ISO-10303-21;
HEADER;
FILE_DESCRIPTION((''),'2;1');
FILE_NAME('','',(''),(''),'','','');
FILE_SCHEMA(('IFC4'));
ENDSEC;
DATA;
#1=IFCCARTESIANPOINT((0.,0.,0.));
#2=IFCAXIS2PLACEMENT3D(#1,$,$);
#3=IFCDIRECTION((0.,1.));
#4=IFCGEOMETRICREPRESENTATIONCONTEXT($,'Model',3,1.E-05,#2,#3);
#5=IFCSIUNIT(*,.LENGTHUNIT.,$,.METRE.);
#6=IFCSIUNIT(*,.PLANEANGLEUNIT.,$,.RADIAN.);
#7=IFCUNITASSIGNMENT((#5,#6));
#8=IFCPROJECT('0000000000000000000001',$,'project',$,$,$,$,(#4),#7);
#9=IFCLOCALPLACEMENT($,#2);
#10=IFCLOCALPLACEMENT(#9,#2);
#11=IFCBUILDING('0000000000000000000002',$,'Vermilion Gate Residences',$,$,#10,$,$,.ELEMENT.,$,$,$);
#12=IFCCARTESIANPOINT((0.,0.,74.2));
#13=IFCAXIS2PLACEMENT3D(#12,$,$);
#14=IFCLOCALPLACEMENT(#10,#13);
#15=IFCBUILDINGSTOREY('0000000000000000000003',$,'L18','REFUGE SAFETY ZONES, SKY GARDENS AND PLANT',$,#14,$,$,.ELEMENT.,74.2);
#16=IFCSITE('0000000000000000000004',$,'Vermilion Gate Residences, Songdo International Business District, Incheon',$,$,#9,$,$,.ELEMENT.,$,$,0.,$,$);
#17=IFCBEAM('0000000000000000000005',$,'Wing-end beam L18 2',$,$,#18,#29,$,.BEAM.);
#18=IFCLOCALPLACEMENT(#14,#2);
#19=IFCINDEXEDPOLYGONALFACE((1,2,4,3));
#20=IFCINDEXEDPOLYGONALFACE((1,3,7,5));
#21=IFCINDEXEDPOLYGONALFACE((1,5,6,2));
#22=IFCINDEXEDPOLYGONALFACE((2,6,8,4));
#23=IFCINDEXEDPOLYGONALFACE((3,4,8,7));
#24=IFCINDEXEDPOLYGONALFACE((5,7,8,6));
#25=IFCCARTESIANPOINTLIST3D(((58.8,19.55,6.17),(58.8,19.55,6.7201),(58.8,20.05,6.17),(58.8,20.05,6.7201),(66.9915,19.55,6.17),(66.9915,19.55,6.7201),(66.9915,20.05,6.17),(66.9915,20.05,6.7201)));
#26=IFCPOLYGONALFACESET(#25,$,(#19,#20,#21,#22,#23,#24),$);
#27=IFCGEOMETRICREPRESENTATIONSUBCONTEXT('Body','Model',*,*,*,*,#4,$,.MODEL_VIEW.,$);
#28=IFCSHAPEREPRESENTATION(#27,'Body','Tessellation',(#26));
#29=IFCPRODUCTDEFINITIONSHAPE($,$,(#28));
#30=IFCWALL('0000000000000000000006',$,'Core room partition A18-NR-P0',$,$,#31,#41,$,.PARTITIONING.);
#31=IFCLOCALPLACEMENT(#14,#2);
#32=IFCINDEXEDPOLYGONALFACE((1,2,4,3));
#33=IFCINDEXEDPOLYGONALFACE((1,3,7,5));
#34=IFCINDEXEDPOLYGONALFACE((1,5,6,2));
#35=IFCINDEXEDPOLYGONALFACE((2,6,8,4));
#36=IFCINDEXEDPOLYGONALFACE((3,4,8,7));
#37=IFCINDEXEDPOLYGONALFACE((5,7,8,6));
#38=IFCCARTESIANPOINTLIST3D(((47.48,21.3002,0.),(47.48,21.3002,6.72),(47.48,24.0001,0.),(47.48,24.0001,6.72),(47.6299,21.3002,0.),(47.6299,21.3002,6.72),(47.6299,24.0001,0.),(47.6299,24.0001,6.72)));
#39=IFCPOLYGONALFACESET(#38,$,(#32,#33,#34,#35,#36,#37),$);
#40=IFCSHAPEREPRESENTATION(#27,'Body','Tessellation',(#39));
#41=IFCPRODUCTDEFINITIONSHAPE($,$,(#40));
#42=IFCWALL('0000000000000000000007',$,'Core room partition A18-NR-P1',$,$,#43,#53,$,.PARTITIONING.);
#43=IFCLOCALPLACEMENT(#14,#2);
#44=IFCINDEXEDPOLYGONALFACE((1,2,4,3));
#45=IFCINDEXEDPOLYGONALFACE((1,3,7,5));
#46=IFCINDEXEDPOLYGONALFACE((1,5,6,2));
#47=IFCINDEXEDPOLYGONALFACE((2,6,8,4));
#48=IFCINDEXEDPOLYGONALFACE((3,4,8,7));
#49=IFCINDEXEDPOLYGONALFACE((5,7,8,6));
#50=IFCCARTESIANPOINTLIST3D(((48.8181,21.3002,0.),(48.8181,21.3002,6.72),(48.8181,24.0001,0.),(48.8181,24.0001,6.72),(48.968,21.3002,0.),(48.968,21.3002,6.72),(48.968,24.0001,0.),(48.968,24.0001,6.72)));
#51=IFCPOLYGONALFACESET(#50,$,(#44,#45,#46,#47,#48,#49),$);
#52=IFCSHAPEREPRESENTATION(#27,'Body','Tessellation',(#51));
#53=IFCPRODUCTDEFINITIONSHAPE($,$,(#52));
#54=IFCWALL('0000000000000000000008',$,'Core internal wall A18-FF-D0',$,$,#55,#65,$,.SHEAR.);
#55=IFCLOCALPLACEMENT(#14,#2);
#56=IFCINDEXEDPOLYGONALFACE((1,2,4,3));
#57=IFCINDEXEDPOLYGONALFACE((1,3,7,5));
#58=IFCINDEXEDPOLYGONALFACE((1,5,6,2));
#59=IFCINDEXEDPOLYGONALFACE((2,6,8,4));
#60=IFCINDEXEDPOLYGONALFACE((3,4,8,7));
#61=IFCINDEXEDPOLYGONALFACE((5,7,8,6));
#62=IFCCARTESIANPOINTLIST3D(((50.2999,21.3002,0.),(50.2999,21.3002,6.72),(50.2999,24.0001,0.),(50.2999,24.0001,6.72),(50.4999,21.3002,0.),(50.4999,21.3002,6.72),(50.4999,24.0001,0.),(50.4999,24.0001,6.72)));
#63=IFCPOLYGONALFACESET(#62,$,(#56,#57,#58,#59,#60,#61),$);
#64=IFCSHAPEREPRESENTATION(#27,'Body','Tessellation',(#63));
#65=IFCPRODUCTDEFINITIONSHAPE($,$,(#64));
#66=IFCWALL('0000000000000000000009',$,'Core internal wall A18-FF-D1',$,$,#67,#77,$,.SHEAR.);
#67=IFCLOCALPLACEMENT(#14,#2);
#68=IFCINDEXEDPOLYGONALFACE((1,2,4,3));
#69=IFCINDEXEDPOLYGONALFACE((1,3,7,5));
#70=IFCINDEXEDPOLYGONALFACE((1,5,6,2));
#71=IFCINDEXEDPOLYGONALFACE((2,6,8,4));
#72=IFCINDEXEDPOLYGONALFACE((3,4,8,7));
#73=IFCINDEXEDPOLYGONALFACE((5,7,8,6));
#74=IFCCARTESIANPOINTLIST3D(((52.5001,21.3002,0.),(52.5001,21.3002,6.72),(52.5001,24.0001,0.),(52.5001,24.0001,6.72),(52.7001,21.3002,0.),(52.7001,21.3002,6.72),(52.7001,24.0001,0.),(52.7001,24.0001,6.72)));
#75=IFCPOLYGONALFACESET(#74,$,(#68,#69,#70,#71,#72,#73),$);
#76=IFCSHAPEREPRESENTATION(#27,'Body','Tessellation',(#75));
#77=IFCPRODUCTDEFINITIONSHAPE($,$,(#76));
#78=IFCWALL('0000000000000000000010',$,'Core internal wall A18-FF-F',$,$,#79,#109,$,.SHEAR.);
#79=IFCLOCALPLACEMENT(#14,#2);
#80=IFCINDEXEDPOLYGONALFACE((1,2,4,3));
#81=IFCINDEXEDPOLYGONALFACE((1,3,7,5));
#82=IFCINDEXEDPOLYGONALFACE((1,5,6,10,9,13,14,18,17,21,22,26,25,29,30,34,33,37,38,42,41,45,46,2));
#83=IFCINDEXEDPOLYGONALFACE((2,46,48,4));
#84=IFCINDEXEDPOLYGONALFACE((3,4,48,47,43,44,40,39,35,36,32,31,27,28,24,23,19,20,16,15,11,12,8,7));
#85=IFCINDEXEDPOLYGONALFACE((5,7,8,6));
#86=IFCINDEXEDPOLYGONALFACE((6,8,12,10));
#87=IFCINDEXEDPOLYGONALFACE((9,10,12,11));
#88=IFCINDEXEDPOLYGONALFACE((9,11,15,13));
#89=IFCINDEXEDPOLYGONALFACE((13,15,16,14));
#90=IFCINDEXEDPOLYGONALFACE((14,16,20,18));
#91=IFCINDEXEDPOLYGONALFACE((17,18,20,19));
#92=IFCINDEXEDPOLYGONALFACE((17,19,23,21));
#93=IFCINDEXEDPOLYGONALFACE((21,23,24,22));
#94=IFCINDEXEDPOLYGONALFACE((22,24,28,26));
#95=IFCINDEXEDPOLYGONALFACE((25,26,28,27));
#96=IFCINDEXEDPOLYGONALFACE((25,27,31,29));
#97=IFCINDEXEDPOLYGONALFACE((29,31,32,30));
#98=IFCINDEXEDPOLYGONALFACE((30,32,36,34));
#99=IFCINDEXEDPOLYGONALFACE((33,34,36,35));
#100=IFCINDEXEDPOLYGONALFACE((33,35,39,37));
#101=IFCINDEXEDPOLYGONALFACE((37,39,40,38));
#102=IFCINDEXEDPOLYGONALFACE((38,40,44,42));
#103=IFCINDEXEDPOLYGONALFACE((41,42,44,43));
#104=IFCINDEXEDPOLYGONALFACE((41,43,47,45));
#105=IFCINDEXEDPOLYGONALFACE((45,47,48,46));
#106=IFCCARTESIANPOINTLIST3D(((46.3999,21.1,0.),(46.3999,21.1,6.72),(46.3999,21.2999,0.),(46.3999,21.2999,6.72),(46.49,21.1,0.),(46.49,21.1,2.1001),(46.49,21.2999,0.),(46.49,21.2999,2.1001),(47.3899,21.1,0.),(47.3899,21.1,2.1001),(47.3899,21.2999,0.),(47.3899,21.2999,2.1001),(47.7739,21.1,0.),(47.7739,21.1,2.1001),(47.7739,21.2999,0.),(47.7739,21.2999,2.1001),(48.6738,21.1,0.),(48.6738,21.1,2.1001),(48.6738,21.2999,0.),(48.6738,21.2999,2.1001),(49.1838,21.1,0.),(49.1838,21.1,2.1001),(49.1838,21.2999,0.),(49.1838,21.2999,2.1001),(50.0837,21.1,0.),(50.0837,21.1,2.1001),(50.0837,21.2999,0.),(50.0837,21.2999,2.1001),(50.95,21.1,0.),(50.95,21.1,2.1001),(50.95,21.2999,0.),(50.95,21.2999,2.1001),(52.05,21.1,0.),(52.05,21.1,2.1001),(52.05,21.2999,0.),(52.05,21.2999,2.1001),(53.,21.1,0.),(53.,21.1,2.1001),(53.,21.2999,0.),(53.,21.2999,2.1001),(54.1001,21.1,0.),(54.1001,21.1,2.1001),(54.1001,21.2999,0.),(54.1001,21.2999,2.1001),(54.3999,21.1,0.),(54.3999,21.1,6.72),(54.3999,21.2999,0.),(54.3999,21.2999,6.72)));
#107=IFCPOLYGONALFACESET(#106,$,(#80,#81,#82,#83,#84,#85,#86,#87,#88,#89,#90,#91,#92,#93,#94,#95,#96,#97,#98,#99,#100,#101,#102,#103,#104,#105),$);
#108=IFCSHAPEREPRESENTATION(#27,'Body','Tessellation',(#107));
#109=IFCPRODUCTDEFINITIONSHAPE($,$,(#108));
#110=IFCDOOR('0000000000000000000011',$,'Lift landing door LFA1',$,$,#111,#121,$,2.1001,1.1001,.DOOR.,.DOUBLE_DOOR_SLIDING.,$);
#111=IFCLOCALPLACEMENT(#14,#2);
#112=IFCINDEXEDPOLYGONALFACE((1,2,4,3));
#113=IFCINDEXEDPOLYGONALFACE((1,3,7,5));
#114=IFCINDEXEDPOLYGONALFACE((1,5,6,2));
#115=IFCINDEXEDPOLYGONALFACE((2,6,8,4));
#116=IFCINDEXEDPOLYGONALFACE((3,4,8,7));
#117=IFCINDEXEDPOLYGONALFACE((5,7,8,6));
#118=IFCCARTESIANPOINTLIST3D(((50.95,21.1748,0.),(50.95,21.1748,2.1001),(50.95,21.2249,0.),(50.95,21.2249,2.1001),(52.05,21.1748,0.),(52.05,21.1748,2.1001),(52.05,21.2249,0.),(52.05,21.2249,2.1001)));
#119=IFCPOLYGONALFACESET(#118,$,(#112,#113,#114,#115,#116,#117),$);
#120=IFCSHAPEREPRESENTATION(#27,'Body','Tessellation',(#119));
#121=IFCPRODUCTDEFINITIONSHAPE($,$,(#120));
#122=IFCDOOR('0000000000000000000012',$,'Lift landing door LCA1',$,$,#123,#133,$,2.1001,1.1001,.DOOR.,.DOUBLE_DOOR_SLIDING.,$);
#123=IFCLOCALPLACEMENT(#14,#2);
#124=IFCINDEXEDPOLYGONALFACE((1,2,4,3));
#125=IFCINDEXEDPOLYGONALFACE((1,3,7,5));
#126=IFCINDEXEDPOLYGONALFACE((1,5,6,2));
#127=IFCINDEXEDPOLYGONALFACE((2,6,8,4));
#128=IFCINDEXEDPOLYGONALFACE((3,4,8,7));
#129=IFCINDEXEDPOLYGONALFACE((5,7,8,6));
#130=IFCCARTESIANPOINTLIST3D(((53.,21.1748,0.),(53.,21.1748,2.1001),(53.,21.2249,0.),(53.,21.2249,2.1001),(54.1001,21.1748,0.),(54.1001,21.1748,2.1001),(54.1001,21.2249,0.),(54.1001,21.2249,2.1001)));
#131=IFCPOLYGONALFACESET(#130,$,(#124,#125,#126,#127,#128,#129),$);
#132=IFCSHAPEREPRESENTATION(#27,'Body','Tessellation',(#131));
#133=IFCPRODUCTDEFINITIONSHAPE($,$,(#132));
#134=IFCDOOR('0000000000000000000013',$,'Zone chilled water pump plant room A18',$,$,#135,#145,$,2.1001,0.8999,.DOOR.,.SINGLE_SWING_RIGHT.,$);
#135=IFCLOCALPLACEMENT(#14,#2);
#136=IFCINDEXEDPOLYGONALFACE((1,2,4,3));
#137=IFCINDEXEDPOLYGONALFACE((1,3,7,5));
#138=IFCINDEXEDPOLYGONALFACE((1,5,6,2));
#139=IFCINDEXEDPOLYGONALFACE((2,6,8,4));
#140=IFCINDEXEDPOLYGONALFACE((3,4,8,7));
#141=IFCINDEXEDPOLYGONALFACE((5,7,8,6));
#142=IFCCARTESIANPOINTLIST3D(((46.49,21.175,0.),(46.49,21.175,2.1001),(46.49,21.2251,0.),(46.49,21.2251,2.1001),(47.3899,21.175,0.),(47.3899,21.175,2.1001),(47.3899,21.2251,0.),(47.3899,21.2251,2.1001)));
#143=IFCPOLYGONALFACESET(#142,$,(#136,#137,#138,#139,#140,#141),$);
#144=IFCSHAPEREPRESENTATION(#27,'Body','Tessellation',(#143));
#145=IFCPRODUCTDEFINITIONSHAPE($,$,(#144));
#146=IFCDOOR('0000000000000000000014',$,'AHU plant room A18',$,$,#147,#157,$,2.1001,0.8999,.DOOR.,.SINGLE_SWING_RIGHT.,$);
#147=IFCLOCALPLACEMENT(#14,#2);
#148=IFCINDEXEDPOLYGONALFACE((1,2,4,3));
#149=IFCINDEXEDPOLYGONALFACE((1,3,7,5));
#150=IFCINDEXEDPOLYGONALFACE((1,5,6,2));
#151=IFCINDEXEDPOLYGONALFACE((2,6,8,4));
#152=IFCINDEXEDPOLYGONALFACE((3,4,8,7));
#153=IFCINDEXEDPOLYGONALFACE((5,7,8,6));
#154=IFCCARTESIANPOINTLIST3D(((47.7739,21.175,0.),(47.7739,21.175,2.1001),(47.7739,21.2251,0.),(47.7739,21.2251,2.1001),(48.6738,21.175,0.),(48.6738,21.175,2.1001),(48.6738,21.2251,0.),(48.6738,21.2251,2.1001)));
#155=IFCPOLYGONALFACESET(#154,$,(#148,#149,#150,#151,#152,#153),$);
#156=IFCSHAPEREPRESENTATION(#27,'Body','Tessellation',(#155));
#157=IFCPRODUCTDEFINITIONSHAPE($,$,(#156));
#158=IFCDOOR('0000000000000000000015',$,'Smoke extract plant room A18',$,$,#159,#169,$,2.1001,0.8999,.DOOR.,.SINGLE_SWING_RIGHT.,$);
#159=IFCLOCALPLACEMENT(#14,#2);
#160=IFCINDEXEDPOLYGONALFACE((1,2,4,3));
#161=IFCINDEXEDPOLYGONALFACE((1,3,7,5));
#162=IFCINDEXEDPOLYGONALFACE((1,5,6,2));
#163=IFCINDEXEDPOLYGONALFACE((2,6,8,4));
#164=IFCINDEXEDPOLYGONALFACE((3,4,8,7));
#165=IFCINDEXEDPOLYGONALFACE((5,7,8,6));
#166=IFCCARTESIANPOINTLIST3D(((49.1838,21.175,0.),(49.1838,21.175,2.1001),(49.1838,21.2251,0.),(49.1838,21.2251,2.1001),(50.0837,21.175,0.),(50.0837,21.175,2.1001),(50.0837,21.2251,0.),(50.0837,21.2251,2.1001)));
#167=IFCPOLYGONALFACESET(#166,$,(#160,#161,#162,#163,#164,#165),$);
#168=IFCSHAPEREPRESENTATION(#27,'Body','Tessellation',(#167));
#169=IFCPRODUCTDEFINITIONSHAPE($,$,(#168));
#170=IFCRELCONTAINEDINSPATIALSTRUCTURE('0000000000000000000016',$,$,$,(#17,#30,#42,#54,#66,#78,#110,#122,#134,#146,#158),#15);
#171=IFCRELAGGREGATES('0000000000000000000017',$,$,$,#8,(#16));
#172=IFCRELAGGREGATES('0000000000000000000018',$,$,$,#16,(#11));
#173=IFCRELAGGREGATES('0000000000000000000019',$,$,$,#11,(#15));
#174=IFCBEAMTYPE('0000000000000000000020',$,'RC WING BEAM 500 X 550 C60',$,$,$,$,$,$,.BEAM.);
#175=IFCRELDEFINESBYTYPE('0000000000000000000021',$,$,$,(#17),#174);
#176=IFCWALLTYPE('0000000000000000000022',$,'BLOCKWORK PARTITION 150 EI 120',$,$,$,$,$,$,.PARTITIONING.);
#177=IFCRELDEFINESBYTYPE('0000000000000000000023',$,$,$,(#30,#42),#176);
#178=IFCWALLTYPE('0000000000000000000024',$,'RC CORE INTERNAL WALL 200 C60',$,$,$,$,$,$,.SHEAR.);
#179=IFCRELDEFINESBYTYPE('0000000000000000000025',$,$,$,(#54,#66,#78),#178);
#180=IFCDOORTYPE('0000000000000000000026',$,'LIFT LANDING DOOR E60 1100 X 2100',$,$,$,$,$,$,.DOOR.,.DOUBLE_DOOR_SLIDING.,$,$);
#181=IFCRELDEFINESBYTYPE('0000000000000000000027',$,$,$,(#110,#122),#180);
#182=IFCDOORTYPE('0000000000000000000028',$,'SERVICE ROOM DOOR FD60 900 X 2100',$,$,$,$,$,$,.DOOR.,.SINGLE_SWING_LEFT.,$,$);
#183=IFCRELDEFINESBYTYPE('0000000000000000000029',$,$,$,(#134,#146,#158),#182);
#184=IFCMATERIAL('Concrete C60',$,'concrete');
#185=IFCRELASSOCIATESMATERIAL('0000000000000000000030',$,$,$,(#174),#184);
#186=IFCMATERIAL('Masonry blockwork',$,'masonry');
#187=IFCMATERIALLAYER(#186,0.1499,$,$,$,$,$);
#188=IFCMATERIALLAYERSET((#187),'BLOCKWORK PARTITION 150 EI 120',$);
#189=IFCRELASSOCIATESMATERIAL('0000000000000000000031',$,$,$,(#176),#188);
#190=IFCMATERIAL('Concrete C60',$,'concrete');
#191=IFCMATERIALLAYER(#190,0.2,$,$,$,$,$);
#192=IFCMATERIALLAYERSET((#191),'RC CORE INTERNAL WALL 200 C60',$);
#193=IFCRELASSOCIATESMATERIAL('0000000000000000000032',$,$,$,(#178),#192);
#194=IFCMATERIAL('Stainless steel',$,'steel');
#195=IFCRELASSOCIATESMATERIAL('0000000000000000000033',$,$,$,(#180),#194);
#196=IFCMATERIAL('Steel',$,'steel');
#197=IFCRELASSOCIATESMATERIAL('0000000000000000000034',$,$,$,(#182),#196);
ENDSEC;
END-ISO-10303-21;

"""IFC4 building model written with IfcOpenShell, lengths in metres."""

from ifc_helpers import new_model, si_unit, direction, frame, frame_2d, origin, origin_2d, place, context, subcontext, project, spatial, rectangle, extrude, material, layer, layer_set, material_profile, profile_set, type_object, element, fill, save


model = new_model("IFC4")

# Units and contexts
model_context = context("Model", 3, precision=1e-05, world=origin(), true_north=direction((0.0, 1.0)))
body_context = subcontext(model_context, "Body", "Model", "MODEL_VIEW")
ifc_project = project(units=[si_unit("LENGTHUNIT", "METRE"), si_unit("PLANEANGLEUNIT", "RADIAN")], contexts=[model_context])

# Site, building, storey
site_placement = place(None, origin())
site = spatial("IfcSite", under=ifc_project, at=site_placement, Name="Vermilion Gate Residences, Songdo International Business District, Incheon", CompositionType="ELEMENT", RefElevation=0.0)
building_placement = place(site_placement, origin())
building = spatial("IfcBuilding", under=site, at=building_placement, Name="Vermilion Gate Residences", CompositionType="ELEMENT")
storey_placement = place(building_placement, frame((0.0, 0.0, 74.2)))
storey = spatial("IfcBuildingStorey", under=building, at=storey_placement, Name="L18", Description="REFUGE SAFETY ZONES, SKY GARDENS AND PLANT", CompositionType="ELEMENT", Elevation=74.2)

# Beam
ifc_material_1 = material(Name="Concrete C60", Category="concrete")
ifc_material_profile = material_profile(ifc_material_1, rectangle(XDim=0.5, YDim=0.55, at=origin_2d()), Name="RC-500x550")
ifc_profile_set = profile_set([ifc_material_profile], Name="Concrete C60")
beam_type = type_object("IfcBeamType", Name="RC WING BEAM 500 X 550 C60", PredefinedType="BEAM", material=ifc_profile_set)
beam_placement = place(storey_placement, frame((58.8, 19.8, 6.4451), z_axis=(1.0, 0.0, 0.0), x_axis=(0.0, 1.0, 0.0)))
element("IfcBeam", 1, at=beam_placement, inside=storey, type_object=beam_type, Name="Wing-end beam L18 2", PredefinedType="BEAM", context=body_context, shape_type="SweptSolid", body=[
    extrude(rectangle(XDim=0.5, YDim=0.55, at=origin_2d()), origin(), (0.0, 0.0, 1.0), 8.1914),
])

# Walls
ifc_material_2 = material(Name="Masonry blockwork", Category="masonry")
ifc_layer_1 = layer(ifc_material_2, 0.1499)
ifc_layer_set_1 = layer_set([ifc_layer_1], Name="BLOCKWORK PARTITION 150 EI 120")
wall_type_1 = type_object("IfcWallType", Name="BLOCKWORK PARTITION 150 EI 120", PredefinedType="PARTITIONING", material=ifc_layer_set_1)
for number, where, z_axis, x_axis, name in (
    (2, (47.5549, 21.3, 0.0), (0.0, 0.0, 1.0), (0.0, 1.0, 0.0), "Core room partition A18-NR-P0"),
    (3, (48.8931, 21.3, 0.0), (0.0, 0.0, 1.0), (0.0, 1.0, 0.0), "Core room partition A18-NR-P1"),
):
    element("IfcWall", number, at=place(storey_placement, frame(where, z_axis=z_axis, x_axis=x_axis)), inside=storey, type_object=wall_type_1, Name=name, PredefinedType="PARTITIONING", context=body_context, shape_type="SweptSolid", body=[
        extrude(rectangle(XDim=2.7, YDim=0.1499, at=frame_2d((1.3501, 0.0))), origin(), (0.0, 0.0, 1.0), 6.72),
    ])
ifc_material_3 = material(Name="Concrete C60", Category="concrete")
ifc_layer_2 = layer(ifc_material_3, 0.2)
ifc_layer_set_2 = layer_set([ifc_layer_2], Name="RC CORE INTERNAL WALL 200 C60")
wall_type_2 = type_object("IfcWallType", Name="RC CORE INTERNAL WALL 200 C60", PredefinedType="SHEAR", material=ifc_layer_set_2)
for number, where, z_axis, x_axis, name in (
    (4, (50.3999, 21.3, 0.0), (0.0, 0.0, 1.0), (0.0, 1.0, 0.0), "Core internal wall A18-FF-D0"),
    (5, (52.6001, 21.3, 0.0), (0.0, 0.0, 1.0), (0.0, 1.0, 0.0), "Core internal wall A18-FF-D1"),
):
    element("IfcWall", number, at=place(storey_placement, frame(where, z_axis=z_axis, x_axis=x_axis)), inside=storey, type_object=wall_type_2, Name=name, PredefinedType="SHEAR", context=body_context, shape_type="SweptSolid", body=[
        extrude(rectangle(XDim=2.7, YDim=0.2, at=frame_2d((1.3501, 0.0))), origin(), (0.0, 0.0, 1.0), 6.72),
    ])

# Wall, openings, doors
wall_1_placement = place(storey_placement, frame((46.3999, 21.2, 0.0), z_axis=(0.0, 0.0, 1.0), x_axis=(1.0, 0.0, 0.0)))
wall_1 = element("IfcWall", 6, at=wall_1_placement, inside=storey, type_object=wall_type_2, Name="Core internal wall A18-FF-F", PredefinedType="SHEAR", context=body_context, shape_type="SweptSolid", body=[
    extrude(rectangle(XDim=8.0, YDim=0.2, at=frame_2d((4.0, 0.0))), origin(), (0.0, 0.0, 1.0), 6.72),
])
opening_1_placement = place(wall_1_placement, frame((0.0901, 0.0, 0.0)))
opening_1 = element("IfcOpeningElement", 7, at=opening_1_placement, cuts=wall_1, PredefinedType="OPENING", context=body_context, shape_type="SweptSolid", body=[
    extrude(rectangle(XDim=0.8999, YDim=2.1001, at=frame_2d((0.45, 1.05))), frame((0.0, 0.1099, 0.0), z_axis=(0.0, -1.0, 0.0), x_axis=(1.0, 0.0, 0.0)), (0.0, 0.0, 1.0), 0.22),
])
opening_2_placement = place(wall_1_placement, frame((1.374, 0.0, 0.0)))
opening_2 = element("IfcOpeningElement", 8, at=opening_2_placement, cuts=wall_1, PredefinedType="OPENING", context=body_context, shape_type="SweptSolid", body=[
    extrude(rectangle(XDim=0.8999, YDim=2.1001, at=frame_2d((0.45, 1.05))), frame((0.0, 0.1099, 0.0), z_axis=(0.0, -1.0, 0.0), x_axis=(1.0, 0.0, 0.0)), (0.0, 0.0, 1.0), 0.22),
])
opening_3_placement = place(wall_1_placement, frame((2.7839, 0.0, 0.0)))
opening_3 = element("IfcOpeningElement", 9, at=opening_3_placement, cuts=wall_1, PredefinedType="OPENING", context=body_context, shape_type="SweptSolid", body=[
    extrude(rectangle(XDim=0.8999, YDim=2.1001, at=frame_2d((0.45, 1.05))), frame((0.0, 0.1099, 0.0), z_axis=(0.0, -1.0, 0.0), x_axis=(1.0, 0.0, 0.0)), (0.0, 0.0, 1.0), 0.22),
])
opening_4_placement = place(wall_1_placement, frame((4.55, 0.0, 0.0)))
opening_4 = element("IfcOpeningElement", 10, at=opening_4_placement, cuts=wall_1, PredefinedType="OPENING", context=body_context, shape_type="SweptSolid", body=[
    extrude(rectangle(XDim=1.1001, YDim=2.1001, at=frame_2d((0.55, 1.05))), frame((0.0, 0.1099, 0.0), z_axis=(0.0, -1.0, 0.0), x_axis=(1.0, 0.0, 0.0)), (0.0, 0.0, 1.0), 0.22),
])
opening_5_placement = place(wall_1_placement, frame((6.6001, 0.0, 0.0)))
opening_5 = element("IfcOpeningElement", 11, at=opening_5_placement, cuts=wall_1, PredefinedType="OPENING", context=body_context, shape_type="SweptSolid", body=[
    extrude(rectangle(XDim=1.1001, YDim=2.1001, at=frame_2d((0.55, 1.05))), frame((0.0, 0.1099, 0.0), z_axis=(0.0, -1.0, 0.0), x_axis=(1.0, 0.0, 0.0)), (0.0, 0.0, 1.0), 0.22),
])
ifc_material_4 = material(Name="Stainless steel", Category="steel")
door_type_1 = type_object("IfcDoorType", Name="LIFT LANDING DOOR E60 1100 X 2100", OperationType="DOUBLE_DOOR_SLIDING", PredefinedType="DOOR", material=ifc_material_4)
door_1_placement = place(opening_4_placement, origin())
door_1 = element("IfcDoor", 12, at=door_1_placement, inside=storey, type_object=door_type_1, Name="Lift landing door LFA1", OperationType="DOUBLE_DOOR_SLIDING", OverallHeight=2.1001, OverallWidth=1.1001, PredefinedType="DOOR", context=body_context, shape_type="SweptSolid", body=[
    extrude(rectangle(XDim=1.1001, YDim=2.1001, at=frame_2d((0.55, 1.05))), frame((0.0, 0.0249, 0.0), z_axis=(0.0, -1.0, 0.0), x_axis=(1.0, 0.0, 0.0)), (0.0, 0.0, 1.0), 0.05),
])
fill(opening_4, door_1)
door_2_placement = place(opening_5_placement, origin())
door_2 = element("IfcDoor", 13, at=door_2_placement, inside=storey, type_object=door_type_1, Name="Lift landing door LCA1", OperationType="DOUBLE_DOOR_SLIDING", OverallHeight=2.1001, OverallWidth=1.1001, PredefinedType="DOOR", context=body_context, shape_type="SweptSolid", body=[
    extrude(rectangle(XDim=1.1001, YDim=2.1001, at=frame_2d((0.55, 1.05))), frame((0.0, 0.0249, 0.0), z_axis=(0.0, -1.0, 0.0), x_axis=(1.0, 0.0, 0.0)), (0.0, 0.0, 1.0), 0.05),
])
fill(opening_5, door_2)
ifc_material_5 = material(Name="Steel", Category="steel")
door_type_2 = type_object("IfcDoorType", Name="SERVICE ROOM DOOR FD60 900 X 2100", OperationType="SINGLE_SWING_LEFT", PredefinedType="DOOR", material=ifc_material_5)
door_3_placement = place(opening_1_placement, frame((0.8999, 0.0, 0.0), z_axis=(0.0, 0.0, 1.0), x_axis=(-1.0, 0.0, 0.0)))
door_3 = element("IfcDoor", 14, at=door_3_placement, inside=storey, type_object=door_type_2, Name="Zone chilled water pump plant room A18", OperationType="SINGLE_SWING_RIGHT", OverallHeight=2.1001, OverallWidth=0.8999, PredefinedType="DOOR", context=body_context, shape_type="SweptSolid", body=[
    extrude(rectangle(XDim=0.8999, YDim=2.1001, at=frame_2d((0.45, 1.05))), frame((0.0, 0.0249, 0.0), z_axis=(0.0, -1.0, 0.0), x_axis=(1.0, 0.0, 0.0)), (0.0, 0.0, 1.0), 0.05),
])
fill(opening_1, door_3)
door_4_placement = place(opening_2_placement, frame((0.8999, 0.0, 0.0), z_axis=(0.0, 0.0, 1.0), x_axis=(-1.0, 0.0, 0.0)))
door_4 = element("IfcDoor", 15, at=door_4_placement, inside=storey, type_object=door_type_2, Name="AHU plant room A18", OperationType="SINGLE_SWING_RIGHT", OverallHeight=2.1001, OverallWidth=0.8999, PredefinedType="DOOR", context=body_context, shape_type="SweptSolid", body=[
    extrude(rectangle(XDim=0.8999, YDim=2.1001, at=frame_2d((0.45, 1.05))), frame((0.0, 0.0249, 0.0), z_axis=(0.0, -1.0, 0.0), x_axis=(1.0, 0.0, 0.0)), (0.0, 0.0, 1.0), 0.05),
])
fill(opening_2, door_4)
door_5_placement = place(opening_3_placement, frame((0.8999, 0.0, 0.0), z_axis=(0.0, 0.0, 1.0), x_axis=(-1.0, 0.0, 0.0)))
door_5 = element("IfcDoor", 16, at=door_5_placement, inside=storey, type_object=door_type_2, Name="Smoke extract plant room A18", OperationType="SINGLE_SWING_RIGHT", OverallHeight=2.1001, OverallWidth=0.8999, PredefinedType="DOOR", context=body_context, shape_type="SweptSolid", body=[
    extrude(rectangle(XDim=0.8999, YDim=2.1001, at=frame_2d((0.45, 1.05))), frame((0.0, 0.0249, 0.0), z_axis=(0.0, -1.0, 0.0), x_axis=(1.0, 0.0, 0.0)), (0.0, 0.0, 1.0), 0.05),
])
fill(opening_3, door_5)

save(model, "model.ifc")
